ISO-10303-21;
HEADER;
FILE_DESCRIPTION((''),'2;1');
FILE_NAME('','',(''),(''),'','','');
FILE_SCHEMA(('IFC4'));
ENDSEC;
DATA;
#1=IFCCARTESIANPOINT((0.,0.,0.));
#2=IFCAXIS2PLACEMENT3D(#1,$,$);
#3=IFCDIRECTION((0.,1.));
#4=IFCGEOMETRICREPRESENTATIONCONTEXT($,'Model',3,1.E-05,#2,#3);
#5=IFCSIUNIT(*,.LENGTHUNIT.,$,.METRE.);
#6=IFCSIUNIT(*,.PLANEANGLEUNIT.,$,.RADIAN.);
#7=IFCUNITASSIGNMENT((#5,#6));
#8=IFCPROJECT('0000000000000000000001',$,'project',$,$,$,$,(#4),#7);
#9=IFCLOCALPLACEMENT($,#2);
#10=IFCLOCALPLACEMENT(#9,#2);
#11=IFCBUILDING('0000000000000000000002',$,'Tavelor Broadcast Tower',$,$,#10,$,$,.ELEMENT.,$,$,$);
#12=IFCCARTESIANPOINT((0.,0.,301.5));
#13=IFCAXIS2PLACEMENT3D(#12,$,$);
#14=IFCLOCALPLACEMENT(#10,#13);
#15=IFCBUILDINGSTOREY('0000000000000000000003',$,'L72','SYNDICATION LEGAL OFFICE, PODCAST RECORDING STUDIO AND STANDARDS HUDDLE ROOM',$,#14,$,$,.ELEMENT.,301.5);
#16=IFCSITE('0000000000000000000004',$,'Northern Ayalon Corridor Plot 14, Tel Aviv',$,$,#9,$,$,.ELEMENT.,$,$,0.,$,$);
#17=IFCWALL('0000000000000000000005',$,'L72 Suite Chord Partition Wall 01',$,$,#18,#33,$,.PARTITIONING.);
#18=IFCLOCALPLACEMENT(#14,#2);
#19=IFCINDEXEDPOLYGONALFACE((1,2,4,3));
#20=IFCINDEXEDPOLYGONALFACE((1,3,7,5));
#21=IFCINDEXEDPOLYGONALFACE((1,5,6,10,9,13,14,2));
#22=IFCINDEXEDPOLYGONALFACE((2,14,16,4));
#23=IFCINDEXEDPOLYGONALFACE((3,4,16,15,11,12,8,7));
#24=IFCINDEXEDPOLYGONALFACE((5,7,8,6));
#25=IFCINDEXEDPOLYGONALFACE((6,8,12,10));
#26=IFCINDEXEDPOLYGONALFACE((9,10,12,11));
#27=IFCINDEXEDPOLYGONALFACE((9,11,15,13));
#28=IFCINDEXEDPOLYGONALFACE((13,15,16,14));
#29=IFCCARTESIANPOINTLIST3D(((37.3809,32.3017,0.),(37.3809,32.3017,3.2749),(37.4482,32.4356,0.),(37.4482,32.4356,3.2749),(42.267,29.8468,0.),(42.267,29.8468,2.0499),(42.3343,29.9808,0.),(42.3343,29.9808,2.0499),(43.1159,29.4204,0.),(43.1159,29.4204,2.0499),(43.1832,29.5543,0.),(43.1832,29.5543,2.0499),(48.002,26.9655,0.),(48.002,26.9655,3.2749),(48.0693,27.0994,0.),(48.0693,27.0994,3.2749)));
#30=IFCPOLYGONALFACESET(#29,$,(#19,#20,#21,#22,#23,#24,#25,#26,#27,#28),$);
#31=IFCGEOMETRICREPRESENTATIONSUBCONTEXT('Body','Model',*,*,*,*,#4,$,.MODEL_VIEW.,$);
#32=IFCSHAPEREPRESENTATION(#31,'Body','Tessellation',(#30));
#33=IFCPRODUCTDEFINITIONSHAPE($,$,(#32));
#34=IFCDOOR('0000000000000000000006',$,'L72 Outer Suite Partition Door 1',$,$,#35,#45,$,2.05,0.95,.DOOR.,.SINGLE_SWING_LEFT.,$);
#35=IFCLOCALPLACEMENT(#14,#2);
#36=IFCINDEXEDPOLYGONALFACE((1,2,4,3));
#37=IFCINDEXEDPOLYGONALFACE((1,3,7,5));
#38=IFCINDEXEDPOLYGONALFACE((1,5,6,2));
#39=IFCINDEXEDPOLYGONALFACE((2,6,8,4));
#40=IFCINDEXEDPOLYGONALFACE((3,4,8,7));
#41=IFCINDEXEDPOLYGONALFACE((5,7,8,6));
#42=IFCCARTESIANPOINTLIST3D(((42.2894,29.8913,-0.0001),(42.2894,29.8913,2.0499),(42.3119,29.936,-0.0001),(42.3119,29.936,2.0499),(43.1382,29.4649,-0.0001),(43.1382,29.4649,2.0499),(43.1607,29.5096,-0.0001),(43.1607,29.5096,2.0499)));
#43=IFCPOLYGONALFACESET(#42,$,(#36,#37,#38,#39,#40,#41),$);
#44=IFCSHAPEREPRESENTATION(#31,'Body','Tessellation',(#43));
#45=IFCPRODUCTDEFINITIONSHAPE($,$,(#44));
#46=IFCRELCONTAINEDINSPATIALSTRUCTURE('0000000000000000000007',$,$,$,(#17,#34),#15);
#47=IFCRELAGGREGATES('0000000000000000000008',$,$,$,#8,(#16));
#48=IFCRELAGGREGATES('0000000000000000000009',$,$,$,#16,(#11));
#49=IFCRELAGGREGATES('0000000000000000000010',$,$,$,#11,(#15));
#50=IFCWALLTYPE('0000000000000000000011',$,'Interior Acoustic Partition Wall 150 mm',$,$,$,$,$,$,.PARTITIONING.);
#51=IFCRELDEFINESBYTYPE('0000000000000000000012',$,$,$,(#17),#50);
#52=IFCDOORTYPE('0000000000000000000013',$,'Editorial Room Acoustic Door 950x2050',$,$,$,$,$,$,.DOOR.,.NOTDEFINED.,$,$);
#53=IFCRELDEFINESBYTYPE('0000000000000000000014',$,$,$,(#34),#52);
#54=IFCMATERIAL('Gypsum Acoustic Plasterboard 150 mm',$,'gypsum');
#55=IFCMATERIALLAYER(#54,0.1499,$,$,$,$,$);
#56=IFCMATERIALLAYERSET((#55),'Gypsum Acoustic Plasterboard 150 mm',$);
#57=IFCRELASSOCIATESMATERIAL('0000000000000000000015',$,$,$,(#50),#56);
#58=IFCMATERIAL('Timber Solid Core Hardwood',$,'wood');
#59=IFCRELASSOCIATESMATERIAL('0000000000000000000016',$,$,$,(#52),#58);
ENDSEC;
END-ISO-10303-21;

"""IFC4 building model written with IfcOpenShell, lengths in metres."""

from ifc_helpers import new_model, si_unit, direction, frame, frame_2d, origin, place, context, subcontext, project, spatial, rectangle, extrude, material, layer, layer_set, type_object, element, fill, save


model = new_model("IFC4")

# Units and contexts
model_context = context("Model", 3, precision=1e-05, world=origin(), true_north=direction((0.0, 1.0)))
body_context = subcontext(model_context, "Body", "Model", "MODEL_VIEW")
ifc_project = project(units=[si_unit("LENGTHUNIT", "METRE"), si_unit("PLANEANGLEUNIT", "RADIAN")], contexts=[model_context])

# Site, building, storey
site_placement = place(None, origin())
site = spatial("IfcSite", under=ifc_project, at=site_placement, Name="Northern Ayalon Corridor Plot 14, Tel Aviv", CompositionType="ELEMENT", RefElevation=0.0)
building_placement = place(site_placement, origin())
building = spatial("IfcBuilding", under=site, at=building_placement, Name="Tavelor Broadcast Tower", CompositionType="ELEMENT")
storey_placement = place(building_placement, frame((0.0, 0.0, 301.5)))
storey = spatial("IfcBuildingStorey", under=building, at=storey_placement, Name="L72", Description="SYNDICATION LEGAL OFFICE, PODCAST RECORDING STUDIO AND STANDARDS HUDDLE ROOM", CompositionType="ELEMENT", Elevation=301.5)

# Shared definitions
ifc_material_1 = material(Name="Timber Solid Core Hardwood", Category="wood")

# Shared definitions
ifc_material_2 = material(Name="Gypsum Acoustic Plasterboard 150 mm", Category="gypsum")
ifc_layer_1 = layer(ifc_material_2, 0.1499)
ifc_layer_set_1 = layer_set([ifc_layer_1], Name="Gypsum Acoustic Plasterboard 150 mm")
wall_type_1 = type_object("IfcWallType", Name="Interior Acoustic Partition Wall 150 mm", PredefinedType="PARTITIONING", material=ifc_layer_set_1)

# Wall, opening, door
wall_1_placement = place(storey_placement, frame((37.4146, 32.3687, 0.0), z_axis=(0.0, 0.0, 1.0), x_axis=(0.893563, -0.448938, 0.0)))
wall_1 = element("IfcWall", 1, at=wall_1_placement, inside=storey, type_object=wall_type_1, Name="L72 Suite Chord Partition Wall 01", PredefinedType="PARTITIONING", context=body_context, shape_type="SweptSolid", body=[
    extrude(rectangle(XDim=11.8862, YDim=0.1499, at=frame_2d((5.9431, 0.0))), origin(), (0.0, 0.0, 1.0), 3.2749),
])
opening_1_placement = place(wall_1_placement, frame((5.468, 0.0, 0.0)))
opening_1 = element("IfcOpeningElement", 2, at=opening_1_placement, cuts=wall_1, PredefinedType="OPENING", context=body_context, shape_type="SweptSolid", body=[
    extrude(rectangle(XDim=0.95, YDim=2.05, at=frame_2d((0.4751, 1.0249))), frame((0.0, 0.085, 0.0), z_axis=(0.0, -1.0, 0.0), x_axis=(1.0, 0.0, 0.0)), (0.0, 0.0, 1.0), 0.1699),
])
door_type_1 = type_object("IfcDoorType", Name="Editorial Room Acoustic Door 950x2050", OperationType="NOTDEFINED", PredefinedType="DOOR", material=ifc_material_1)
door_1_placement = place(opening_1_placement, origin())
door_1 = element("IfcDoor", 3, at=door_1_placement, inside=storey, type_object=door_type_1, Name="L72 Outer Suite Partition Door 1", OperationType="SINGLE_SWING_LEFT", OverallHeight=2.05, OverallWidth=0.95, PredefinedType="DOOR", context=body_context, shape_type="SweptSolid", body=[
    extrude(rectangle(XDim=0.95, YDim=2.05, at=frame_2d((0.4751, 1.0249))), frame((0.0, 0.0249, 0.0), z_axis=(0.0, -1.0, 0.0), x_axis=(1.0, 0.0, 0.0)), (0.0, 0.0, 1.0), 0.05),
])
fill(opening_1, door_1)

save(model, "model.ifc")
